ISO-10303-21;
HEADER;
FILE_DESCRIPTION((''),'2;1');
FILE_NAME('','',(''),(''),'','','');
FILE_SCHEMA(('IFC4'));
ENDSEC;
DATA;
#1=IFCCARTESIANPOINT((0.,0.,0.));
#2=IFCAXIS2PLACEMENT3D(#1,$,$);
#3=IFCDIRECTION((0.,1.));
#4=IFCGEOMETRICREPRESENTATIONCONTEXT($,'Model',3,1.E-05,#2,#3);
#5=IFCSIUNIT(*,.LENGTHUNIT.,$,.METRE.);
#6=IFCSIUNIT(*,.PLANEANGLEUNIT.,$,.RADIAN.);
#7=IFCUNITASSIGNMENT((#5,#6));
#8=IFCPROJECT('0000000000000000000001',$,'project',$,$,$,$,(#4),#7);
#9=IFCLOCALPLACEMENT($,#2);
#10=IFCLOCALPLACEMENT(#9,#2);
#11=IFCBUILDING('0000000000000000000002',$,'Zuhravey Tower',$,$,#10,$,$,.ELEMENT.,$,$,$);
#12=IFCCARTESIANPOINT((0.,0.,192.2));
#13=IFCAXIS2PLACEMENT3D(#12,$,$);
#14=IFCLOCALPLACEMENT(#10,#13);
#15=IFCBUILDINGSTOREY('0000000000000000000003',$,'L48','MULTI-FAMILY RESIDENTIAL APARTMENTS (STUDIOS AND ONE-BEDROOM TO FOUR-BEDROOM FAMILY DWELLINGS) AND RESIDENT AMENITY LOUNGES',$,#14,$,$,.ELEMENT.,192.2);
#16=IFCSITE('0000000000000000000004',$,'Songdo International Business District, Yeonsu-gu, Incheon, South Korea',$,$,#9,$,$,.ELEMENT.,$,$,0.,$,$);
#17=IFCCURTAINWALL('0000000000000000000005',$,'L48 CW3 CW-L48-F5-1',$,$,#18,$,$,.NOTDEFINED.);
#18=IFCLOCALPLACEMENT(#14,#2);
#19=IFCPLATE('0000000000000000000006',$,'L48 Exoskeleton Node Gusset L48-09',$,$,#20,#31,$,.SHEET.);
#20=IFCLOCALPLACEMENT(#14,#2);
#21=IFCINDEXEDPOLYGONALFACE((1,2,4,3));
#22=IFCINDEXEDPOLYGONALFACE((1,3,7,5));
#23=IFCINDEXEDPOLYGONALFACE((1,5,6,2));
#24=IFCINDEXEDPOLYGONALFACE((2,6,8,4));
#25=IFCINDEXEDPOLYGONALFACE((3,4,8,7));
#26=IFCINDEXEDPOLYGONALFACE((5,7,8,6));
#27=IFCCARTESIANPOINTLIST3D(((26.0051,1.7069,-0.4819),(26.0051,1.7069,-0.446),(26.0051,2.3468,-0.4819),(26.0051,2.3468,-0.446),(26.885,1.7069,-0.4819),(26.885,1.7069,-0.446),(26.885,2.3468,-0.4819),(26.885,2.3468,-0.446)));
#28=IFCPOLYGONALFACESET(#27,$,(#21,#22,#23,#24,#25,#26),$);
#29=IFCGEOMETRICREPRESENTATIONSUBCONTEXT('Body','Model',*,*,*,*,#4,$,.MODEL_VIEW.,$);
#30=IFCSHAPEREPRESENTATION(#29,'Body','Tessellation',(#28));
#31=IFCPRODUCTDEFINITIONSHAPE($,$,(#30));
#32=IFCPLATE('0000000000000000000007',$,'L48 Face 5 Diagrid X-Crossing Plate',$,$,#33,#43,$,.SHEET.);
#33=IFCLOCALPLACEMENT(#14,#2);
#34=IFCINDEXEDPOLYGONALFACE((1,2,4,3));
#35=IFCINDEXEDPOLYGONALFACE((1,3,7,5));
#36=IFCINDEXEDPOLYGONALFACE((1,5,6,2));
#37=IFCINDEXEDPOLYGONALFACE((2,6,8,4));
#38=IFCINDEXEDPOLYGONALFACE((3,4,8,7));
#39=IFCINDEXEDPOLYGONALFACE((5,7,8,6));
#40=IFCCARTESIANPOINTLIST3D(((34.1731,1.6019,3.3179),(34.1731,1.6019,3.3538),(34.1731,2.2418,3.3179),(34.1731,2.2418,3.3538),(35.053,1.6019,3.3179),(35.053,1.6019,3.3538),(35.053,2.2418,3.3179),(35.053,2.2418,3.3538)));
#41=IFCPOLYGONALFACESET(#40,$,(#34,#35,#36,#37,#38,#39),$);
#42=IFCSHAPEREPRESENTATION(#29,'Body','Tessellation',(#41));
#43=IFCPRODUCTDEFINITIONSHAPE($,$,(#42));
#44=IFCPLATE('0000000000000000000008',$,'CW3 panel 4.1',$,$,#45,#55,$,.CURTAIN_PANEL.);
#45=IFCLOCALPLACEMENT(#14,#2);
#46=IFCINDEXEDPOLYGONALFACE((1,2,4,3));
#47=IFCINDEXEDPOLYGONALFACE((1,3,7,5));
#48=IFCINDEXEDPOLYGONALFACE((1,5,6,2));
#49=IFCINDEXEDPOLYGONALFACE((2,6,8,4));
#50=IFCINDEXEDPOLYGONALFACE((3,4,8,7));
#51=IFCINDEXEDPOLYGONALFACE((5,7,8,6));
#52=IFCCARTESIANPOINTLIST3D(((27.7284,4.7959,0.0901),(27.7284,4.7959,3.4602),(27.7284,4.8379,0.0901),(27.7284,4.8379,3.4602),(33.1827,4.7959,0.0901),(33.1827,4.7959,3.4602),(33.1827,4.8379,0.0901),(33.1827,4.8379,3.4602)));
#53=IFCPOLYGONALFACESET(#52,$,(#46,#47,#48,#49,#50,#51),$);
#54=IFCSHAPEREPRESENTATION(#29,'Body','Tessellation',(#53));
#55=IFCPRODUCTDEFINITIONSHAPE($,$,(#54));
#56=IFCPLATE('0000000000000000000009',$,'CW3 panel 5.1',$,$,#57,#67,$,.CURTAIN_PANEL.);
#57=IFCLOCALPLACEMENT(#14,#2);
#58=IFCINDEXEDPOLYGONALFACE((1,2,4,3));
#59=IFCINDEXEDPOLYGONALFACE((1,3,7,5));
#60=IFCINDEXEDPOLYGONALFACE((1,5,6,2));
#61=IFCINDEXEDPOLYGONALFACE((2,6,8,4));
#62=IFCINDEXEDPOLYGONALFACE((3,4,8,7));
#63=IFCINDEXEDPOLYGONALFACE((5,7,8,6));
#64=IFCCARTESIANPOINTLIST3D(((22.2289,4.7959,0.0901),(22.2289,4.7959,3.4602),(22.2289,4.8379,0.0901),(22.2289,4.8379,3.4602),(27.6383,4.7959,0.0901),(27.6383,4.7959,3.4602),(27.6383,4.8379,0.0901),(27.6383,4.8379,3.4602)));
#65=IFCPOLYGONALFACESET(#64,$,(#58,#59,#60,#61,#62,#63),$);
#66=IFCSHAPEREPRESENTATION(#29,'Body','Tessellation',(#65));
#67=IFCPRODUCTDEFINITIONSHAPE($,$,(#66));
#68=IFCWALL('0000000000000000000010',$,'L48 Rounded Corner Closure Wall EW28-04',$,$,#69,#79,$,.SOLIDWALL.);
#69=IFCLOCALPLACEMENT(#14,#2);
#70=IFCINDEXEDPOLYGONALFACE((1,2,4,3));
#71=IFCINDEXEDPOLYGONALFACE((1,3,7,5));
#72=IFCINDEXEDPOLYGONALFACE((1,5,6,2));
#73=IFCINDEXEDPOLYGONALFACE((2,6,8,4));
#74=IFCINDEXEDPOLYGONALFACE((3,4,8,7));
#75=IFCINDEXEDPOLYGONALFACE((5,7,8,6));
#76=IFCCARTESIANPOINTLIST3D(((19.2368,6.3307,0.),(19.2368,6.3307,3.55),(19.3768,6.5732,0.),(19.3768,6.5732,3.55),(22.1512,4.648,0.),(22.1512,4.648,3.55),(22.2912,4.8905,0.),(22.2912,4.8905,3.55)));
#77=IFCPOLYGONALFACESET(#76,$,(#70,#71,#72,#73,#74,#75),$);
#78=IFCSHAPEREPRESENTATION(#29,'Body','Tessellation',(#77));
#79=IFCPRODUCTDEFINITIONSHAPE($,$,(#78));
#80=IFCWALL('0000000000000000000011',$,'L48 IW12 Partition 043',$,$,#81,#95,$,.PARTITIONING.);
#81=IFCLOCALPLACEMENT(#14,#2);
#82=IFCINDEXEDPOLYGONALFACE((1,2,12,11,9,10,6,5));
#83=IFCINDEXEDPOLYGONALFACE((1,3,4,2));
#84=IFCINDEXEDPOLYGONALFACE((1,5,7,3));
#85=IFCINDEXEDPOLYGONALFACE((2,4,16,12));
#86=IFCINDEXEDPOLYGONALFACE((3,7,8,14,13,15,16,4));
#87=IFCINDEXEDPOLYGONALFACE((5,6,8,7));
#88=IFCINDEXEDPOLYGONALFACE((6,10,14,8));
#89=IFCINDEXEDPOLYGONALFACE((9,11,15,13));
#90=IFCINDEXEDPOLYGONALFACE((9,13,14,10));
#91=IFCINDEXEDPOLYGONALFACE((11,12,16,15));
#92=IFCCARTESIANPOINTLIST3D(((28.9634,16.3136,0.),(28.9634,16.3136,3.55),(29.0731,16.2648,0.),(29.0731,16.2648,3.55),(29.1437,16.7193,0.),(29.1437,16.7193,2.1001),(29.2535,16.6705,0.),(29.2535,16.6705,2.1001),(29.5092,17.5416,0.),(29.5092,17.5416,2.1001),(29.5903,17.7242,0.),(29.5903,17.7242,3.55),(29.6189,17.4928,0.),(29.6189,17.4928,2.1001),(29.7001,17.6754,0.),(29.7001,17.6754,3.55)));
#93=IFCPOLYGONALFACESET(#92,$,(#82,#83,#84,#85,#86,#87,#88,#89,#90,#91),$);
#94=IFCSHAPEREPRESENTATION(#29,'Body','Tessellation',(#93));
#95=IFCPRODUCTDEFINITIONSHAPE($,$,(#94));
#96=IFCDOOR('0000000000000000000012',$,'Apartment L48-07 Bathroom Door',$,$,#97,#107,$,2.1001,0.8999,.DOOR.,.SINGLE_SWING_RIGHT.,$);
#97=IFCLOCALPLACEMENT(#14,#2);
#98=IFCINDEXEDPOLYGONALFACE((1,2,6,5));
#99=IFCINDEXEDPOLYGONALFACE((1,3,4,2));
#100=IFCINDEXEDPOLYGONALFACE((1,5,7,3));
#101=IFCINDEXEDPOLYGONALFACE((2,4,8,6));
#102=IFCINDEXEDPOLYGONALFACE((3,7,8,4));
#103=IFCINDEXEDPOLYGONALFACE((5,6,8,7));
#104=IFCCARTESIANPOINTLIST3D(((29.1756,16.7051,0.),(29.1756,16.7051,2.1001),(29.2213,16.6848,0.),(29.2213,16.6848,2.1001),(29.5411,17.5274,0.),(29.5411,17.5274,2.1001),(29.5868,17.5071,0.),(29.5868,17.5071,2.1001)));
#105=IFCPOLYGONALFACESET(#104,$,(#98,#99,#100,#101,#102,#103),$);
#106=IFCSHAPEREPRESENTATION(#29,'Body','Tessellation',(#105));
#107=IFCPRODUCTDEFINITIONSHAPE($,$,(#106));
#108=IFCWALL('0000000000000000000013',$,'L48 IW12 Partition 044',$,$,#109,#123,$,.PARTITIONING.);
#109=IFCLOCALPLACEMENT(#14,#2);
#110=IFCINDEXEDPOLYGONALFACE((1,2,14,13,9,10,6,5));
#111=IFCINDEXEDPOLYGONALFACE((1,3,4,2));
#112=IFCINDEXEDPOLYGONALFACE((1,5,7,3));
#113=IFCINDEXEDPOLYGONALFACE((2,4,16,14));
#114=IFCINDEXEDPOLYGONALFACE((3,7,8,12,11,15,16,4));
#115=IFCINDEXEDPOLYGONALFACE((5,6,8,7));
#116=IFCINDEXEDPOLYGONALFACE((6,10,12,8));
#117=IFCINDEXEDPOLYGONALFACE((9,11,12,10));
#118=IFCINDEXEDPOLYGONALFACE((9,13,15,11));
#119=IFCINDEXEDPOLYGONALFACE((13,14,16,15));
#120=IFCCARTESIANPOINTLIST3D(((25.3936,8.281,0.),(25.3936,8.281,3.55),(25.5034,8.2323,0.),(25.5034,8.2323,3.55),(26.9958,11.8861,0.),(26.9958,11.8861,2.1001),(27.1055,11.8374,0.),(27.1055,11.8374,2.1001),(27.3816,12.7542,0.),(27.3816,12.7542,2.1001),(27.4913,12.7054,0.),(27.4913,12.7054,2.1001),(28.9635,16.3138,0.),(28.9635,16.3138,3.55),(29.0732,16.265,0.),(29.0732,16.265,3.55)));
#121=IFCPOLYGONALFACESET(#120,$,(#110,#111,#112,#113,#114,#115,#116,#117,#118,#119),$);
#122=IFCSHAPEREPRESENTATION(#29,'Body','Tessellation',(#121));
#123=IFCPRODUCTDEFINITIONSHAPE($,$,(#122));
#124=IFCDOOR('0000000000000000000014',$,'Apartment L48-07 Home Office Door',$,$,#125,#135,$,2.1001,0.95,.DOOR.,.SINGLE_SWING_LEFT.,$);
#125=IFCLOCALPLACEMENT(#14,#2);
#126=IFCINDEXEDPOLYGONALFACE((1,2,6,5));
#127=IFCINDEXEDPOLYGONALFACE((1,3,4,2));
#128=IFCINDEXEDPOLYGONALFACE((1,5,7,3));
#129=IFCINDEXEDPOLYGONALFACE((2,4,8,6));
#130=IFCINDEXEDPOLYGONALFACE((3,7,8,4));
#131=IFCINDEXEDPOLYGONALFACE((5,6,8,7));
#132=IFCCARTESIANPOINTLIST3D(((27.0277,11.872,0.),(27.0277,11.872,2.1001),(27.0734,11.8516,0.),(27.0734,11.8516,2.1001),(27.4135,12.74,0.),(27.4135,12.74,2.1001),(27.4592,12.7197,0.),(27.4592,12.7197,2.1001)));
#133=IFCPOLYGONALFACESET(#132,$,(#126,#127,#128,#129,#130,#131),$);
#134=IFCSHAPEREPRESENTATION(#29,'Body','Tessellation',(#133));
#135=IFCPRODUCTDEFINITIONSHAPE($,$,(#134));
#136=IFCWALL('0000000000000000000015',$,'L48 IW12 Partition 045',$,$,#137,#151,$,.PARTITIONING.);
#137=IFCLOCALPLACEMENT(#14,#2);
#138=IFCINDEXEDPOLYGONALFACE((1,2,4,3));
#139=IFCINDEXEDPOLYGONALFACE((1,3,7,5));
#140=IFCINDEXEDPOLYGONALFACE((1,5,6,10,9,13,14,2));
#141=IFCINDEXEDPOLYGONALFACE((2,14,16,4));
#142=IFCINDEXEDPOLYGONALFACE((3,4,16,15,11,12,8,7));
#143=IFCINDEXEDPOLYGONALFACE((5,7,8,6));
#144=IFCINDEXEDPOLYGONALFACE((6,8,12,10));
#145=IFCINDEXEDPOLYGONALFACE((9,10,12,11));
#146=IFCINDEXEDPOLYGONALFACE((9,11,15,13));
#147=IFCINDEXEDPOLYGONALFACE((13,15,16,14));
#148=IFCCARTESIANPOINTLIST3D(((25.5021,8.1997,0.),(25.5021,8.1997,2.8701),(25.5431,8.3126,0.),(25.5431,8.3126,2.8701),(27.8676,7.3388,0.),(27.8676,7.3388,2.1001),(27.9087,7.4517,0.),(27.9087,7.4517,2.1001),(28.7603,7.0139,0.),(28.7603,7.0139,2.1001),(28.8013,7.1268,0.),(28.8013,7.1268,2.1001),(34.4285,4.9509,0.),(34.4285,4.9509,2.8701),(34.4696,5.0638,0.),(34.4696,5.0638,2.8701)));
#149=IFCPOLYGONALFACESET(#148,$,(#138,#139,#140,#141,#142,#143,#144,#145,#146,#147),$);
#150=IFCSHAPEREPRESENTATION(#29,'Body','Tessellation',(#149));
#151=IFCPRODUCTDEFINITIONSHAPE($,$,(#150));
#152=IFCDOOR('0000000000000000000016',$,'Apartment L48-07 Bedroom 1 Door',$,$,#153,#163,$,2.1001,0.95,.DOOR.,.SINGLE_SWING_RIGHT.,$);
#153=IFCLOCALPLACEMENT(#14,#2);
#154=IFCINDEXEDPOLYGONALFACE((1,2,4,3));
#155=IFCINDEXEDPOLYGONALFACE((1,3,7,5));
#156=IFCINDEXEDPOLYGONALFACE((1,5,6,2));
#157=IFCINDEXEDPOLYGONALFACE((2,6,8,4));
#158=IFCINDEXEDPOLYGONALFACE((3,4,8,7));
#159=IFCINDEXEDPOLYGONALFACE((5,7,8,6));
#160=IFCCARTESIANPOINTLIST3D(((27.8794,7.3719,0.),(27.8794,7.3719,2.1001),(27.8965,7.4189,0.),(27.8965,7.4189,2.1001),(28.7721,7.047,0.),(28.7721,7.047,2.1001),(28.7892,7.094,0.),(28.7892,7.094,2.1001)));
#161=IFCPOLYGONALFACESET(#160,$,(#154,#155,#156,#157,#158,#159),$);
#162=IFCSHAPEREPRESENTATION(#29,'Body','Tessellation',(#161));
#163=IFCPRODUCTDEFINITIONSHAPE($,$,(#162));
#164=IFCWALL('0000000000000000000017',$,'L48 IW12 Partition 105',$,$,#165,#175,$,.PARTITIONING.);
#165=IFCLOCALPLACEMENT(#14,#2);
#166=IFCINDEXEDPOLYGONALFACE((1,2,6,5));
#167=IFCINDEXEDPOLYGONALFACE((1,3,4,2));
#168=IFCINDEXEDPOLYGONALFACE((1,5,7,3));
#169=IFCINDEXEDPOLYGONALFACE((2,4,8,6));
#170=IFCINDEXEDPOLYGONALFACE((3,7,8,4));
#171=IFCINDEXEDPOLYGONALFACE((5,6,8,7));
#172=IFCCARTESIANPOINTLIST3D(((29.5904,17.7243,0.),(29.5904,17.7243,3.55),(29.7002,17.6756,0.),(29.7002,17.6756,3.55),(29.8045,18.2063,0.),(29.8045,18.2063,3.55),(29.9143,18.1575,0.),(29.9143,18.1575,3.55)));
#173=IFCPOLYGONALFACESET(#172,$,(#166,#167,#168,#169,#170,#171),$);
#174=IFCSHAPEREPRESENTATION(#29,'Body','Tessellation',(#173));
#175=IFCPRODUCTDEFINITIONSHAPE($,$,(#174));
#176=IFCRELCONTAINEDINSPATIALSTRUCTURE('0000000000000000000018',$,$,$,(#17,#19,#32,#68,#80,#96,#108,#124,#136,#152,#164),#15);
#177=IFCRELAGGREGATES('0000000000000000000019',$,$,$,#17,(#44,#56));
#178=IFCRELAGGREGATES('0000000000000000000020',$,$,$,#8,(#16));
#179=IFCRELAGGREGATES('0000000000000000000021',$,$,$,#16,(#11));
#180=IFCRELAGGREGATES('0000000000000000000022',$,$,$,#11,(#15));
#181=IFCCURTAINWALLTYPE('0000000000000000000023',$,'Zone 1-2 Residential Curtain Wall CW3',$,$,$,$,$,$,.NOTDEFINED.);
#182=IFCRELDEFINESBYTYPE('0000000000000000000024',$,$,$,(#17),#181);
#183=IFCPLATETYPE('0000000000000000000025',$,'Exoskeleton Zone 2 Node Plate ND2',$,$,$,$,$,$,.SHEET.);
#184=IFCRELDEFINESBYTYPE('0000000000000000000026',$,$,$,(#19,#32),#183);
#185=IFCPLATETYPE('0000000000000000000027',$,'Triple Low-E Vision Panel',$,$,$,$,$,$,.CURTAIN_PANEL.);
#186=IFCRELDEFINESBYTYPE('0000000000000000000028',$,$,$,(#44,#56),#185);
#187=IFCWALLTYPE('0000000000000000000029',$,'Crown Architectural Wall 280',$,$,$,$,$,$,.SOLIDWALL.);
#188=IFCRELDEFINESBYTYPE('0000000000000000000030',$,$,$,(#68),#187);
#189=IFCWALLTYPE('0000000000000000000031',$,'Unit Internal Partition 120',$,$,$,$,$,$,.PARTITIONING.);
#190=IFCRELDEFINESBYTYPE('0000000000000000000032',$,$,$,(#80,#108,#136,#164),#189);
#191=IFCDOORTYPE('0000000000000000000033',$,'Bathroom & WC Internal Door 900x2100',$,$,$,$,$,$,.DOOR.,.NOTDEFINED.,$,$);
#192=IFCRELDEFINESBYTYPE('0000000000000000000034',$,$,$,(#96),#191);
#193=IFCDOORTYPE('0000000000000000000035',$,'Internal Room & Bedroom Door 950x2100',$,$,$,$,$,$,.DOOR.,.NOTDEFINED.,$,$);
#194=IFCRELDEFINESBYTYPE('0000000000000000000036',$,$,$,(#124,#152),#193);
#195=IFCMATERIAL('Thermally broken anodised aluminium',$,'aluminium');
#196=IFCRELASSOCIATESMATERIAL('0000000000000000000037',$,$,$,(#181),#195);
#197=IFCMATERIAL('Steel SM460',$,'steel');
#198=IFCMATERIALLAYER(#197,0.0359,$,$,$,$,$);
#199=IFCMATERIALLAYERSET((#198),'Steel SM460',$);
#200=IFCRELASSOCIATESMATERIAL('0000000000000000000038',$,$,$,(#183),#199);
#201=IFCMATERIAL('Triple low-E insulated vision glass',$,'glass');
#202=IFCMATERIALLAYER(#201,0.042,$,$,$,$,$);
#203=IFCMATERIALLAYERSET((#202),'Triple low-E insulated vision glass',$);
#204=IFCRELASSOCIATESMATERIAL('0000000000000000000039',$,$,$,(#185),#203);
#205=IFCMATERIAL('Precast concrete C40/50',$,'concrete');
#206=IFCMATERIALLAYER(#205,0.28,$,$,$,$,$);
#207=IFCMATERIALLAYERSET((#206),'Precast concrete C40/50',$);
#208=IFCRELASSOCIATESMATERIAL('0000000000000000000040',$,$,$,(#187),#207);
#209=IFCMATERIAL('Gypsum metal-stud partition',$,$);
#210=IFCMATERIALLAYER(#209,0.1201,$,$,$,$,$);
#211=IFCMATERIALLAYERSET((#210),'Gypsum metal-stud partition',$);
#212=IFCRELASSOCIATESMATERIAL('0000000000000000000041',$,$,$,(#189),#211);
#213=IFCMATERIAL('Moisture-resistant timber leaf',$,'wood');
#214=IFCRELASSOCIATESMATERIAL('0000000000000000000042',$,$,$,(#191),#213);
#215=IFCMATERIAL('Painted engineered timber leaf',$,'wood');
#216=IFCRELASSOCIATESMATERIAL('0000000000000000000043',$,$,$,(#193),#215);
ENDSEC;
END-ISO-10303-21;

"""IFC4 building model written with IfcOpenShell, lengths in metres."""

from ifc_helpers import new_model, si_unit, direction, frame, frame_2d, origin, origin_2d, place, context, subcontext, project, spatial, rectangle, extrude, material, layer, layer_set, type_object, element, fill, aggregate, save


model = new_model("IFC4")

# Units and contexts
model_context = context("Model", 3, precision=1e-05, world=origin(), true_north=direction((0.0, 1.0)))
body_context = subcontext(model_context, "Body", "Model", "MODEL_VIEW")
ifc_project = project(units=[si_unit("LENGTHUNIT", "METRE"), si_unit("PLANEANGLEUNIT", "RADIAN")], contexts=[model_context])

# Site, building, storey
site_placement = place(None, origin())
site = spatial("IfcSite", under=ifc_project, at=site_placement, Name="Songdo International Business District, Yeonsu-gu, Incheon, South Korea", CompositionType="ELEMENT", RefElevation=0.0)
building_placement = place(site_placement, origin())
building = spatial("IfcBuilding", under=site, at=building_placement, Name="Zuhravey Tower", CompositionType="ELEMENT")
storey_placement = place(building_placement, frame((0.0, 0.0, 192.2)))
storey = spatial("IfcBuildingStorey", under=building, at=storey_placement, Name="L48", Description="MULTI-FAMILY RESIDENTIAL APARTMENTS (STUDIOS AND ONE-BEDROOM TO FOUR-BEDROOM FAMILY DWELLINGS) AND RESIDENT AMENITY LOUNGES", CompositionType="ELEMENT", Elevation=192.2)

# Curtain wall
ifc_material_1 = material(Name="Thermally broken anodised aluminium", Category="aluminium")
curtain_wall_type = type_object("IfcCurtainWallType", Name="Zone 1-2 Residential Curtain Wall CW3", PredefinedType="NOTDEFINED", material=ifc_material_1)
curtain_wall_placement = place(storey_placement, origin())
curtain_wall = element("IfcCurtainWall", 1, at=curtain_wall_placement, inside=storey, type_object=curtain_wall_type, Name="L48 CW3 CW-L48-F5-1", PredefinedType="NOTDEFINED")

# Shared definitions
ifc_material_2 = material(Name="Steel SM460", Category="steel")

# Plates
ifc_layer_1 = layer(ifc_material_2, 0.0359)
ifc_layer_set_1 = layer_set([ifc_layer_1], Name="Steel SM460")
plate_type_1 = type_object("IfcPlateType", Name="Exoskeleton Zone 2 Node Plate ND2", PredefinedType="SHEET", material=ifc_layer_set_1)
for number, where, z_axis, x_axis, name in (
    (2, (26.4451, 2.0269, -0.4819), (0.0, 0.0, 1.0), (1.0, 0.0, 0.0), "L48 Exoskeleton Node Gusset L48-09"),
    (3, (34.613, 1.9219, 3.3179), (0.0, 0.0, 1.0), (1.0, 0.0, 0.0), "L48 Face 5 Diagrid X-Crossing Plate"),
):
    element("IfcPlate", number, at=place(storey_placement, frame(where, z_axis=z_axis, x_axis=x_axis)), inside=storey, type_object=plate_type_1, Name=name, PredefinedType="SHEET", context=body_context, shape_type="SweptSolid", body=[
        extrude(rectangle(XDim=0.8799, YDim=0.6399, at=origin_2d()), origin(), (0.0, 0.0, 1.0), 0.0359),
    ])

# Plates
ifc_material_3 = material(Name="Triple low-E insulated vision glass", Category="glass")
ifc_layer_2 = layer(ifc_material_3, 0.042)
ifc_layer_set_2 = layer_set([ifc_layer_2], Name="Triple low-E insulated vision glass")
plate_type_2 = type_object("IfcPlateType", Name="Triple Low-E Vision Panel", PredefinedType="CURTAIN_PANEL", material=ifc_layer_set_2)
plate_1_placement = place(storey_placement, frame((30.4556, 4.8169, 0.0901), z_axis=(0.0, 0.0, 1.0), x_axis=(-1.0, 0.0, 0.0)))
plate_1 = element("IfcPlate", 4, at=plate_1_placement, type_object=plate_type_2, Name="CW3 panel 4.1", PredefinedType="CURTAIN_PANEL", context=body_context, shape_type="SweptSolid", body=[
    extrude(rectangle(XDim=5.4543, YDim=0.042, at=origin_2d()), origin(), (0.0, 0.0, 1.0), 3.3701),
])
plate_2_placement = place(storey_placement, frame((24.9336, 4.8169, 0.0901), z_axis=(0.0, 0.0, 1.0), x_axis=(-1.0, 0.0, 0.0)))
plate_2 = element("IfcPlate", 5, at=plate_2_placement, type_object=plate_type_2, Name="CW3 panel 5.1", PredefinedType="CURTAIN_PANEL", context=body_context, shape_type="SweptSolid", body=[
    extrude(rectangle(XDim=5.4094, YDim=0.042, at=origin_2d()), origin(), (0.0, 0.0, 1.0), 3.3701),
])
aggregate(curtain_wall, [plate_1, plate_2])

# Wall
ifc_material_4 = material(Name="Precast concrete C40/50", Category="concrete")
ifc_layer_3 = layer(ifc_material_4, 0.28)
ifc_layer_set_3 = layer_set([ifc_layer_3], Name="Precast concrete C40/50")
wall_type_1 = type_object("IfcWallType", Name="Crown Architectural Wall 280", PredefinedType="SOLIDWALL", material=ifc_layer_set_3)
wall_1_placement = place(storey_placement, frame((22.2212, 4.7693, 0.0), z_axis=(0.0, 0.0, 1.0), x_axis=(-0.86602, 0.500009, 0.0)))
element("IfcWall", 6, at=wall_1_placement, inside=storey, type_object=wall_type_1, Name="L48 Rounded Corner Closure Wall EW28-04", PredefinedType="SOLIDWALL", context=body_context, shape_type="SweptSolid", body=[
    extrude(rectangle(XDim=3.3652, YDim=0.28, at=frame_2d((1.6826, 0.0))), origin(), (0.0, 0.0, 1.0), 3.55),
])

# Walls, openings, doors
ifc_material_5 = material(Name="Gypsum metal-stud partition")
ifc_layer_4 = layer(ifc_material_5, 0.1201)
ifc_layer_set_4 = layer_set([ifc_layer_4], Name="Gypsum metal-stud partition")
wall_type_2 = type_object("IfcWallType", Name="Unit Internal Partition 120", PredefinedType="PARTITIONING", material=ifc_layer_set_4)
wall_2_placement = place(storey_placement, frame((29.6453, 17.7, 0.0), z_axis=(0.0, 0.0, 1.0), x_axis=(-0.406138, -0.913812, 0.0)))
wall_2 = element("IfcWall", 7, at=wall_2_placement, inside=storey, type_object=wall_type_2, Name="L48 IW12 Partition 043", PredefinedType="PARTITIONING", context=body_context, shape_type="SweptSolid", body=[
    extrude(rectangle(XDim=1.5437, YDim=0.1201, at=frame_2d((0.772, 0.0))), origin(), (0.0, 0.0, 1.0), 3.55),
])
opening_1_placement = place(wall_2_placement, frame((0.2, 0.0, 0.0)))
opening_1 = element("IfcOpeningElement", 8, at=opening_1_placement, cuts=wall_2, PredefinedType="OPENING", context=body_context, shape_type="SweptSolid", body=[
    extrude(rectangle(XDim=0.8999, YDim=2.1001, at=frame_2d((0.45, 1.05))), frame((0.0, 0.072, 0.0), z_axis=(0.0, -1.0, 0.0), x_axis=(1.0, 0.0, 0.0)), (0.0, 0.0, 1.0), 0.144),
])
ifc_material_6 = material(Name="Moisture-resistant timber leaf", Category="wood")
door_type_1 = type_object("IfcDoorType", Name="Bathroom & WC Internal Door 900x2100", OperationType="NOTDEFINED", PredefinedType="DOOR", material=ifc_material_6)
door_1_placement = place(opening_1_placement, origin())
door_1 = element("IfcDoor", 9, at=door_1_placement, inside=storey, type_object=door_type_1, Name="Apartment L48-07 Bathroom Door", OperationType="SINGLE_SWING_RIGHT", OverallHeight=2.1001, OverallWidth=0.8999, PredefinedType="DOOR", context=body_context, shape_type="SweptSolid", body=[
    extrude(rectangle(XDim=0.8999, YDim=2.1001, at=frame_2d((0.45, 1.05))), frame((0.0, 0.0249, 0.0), z_axis=(0.0, -1.0, 0.0), x_axis=(1.0, 0.0, 0.0)), (0.0, 0.0, 1.0), 0.05),
])
fill(opening_1, door_1)
wall_3_placement = place(storey_placement, frame((29.0183, 16.2893, 0.0), z_axis=(0.0, 0.0, 1.0), x_axis=(-0.406113, -0.913823, 0.0)))
wall_3 = element("IfcWall", 10, at=wall_3_placement, inside=storey, type_object=wall_type_2, Name="L48 IW12 Partition 044", PredefinedType="PARTITIONING", context=body_context, shape_type="SweptSolid", body=[
    extrude(rectangle(XDim=8.7903, YDim=0.1201, at=frame_2d((4.395, 0.0))), origin(), (0.0, 0.0, 1.0), 3.55),
])
opening_2_placement = place(wall_3_placement, frame((3.895, 0.0, 0.0)))
opening_2 = element("IfcOpeningElement", 11, at=opening_2_placement, cuts=wall_3, PredefinedType="OPENING", context=body_context, shape_type="SweptSolid", body=[
    extrude(rectangle(XDim=0.95, YDim=2.1001, at=frame_2d((0.4751, 1.05))), frame((0.0, 0.072, 0.0), z_axis=(0.0, -1.0, 0.0), x_axis=(1.0, 0.0, 0.0)), (0.0, 0.0, 1.0), 0.144),
])
ifc_material_7 = material(Name="Painted engineered timber leaf", Category="wood")
door_type_2 = type_object("IfcDoorType", Name="Internal Room & Bedroom Door 950x2100", OperationType="NOTDEFINED", PredefinedType="DOOR", material=ifc_material_7)
door_2_placement = place(opening_2_placement, origin())
door_2 = element("IfcDoor", 12, at=door_2_placement, inside=storey, type_object=door_type_2, Name="Apartment L48-07 Home Office Door", OperationType="SINGLE_SWING_LEFT", OverallHeight=2.1001, OverallWidth=0.95, PredefinedType="DOOR", context=body_context, shape_type="SweptSolid", body=[
    extrude(rectangle(XDim=0.95, YDim=2.1001, at=frame_2d((0.4751, 1.05))), frame((0.0, 0.0249, 0.0), z_axis=(0.0, -1.0, 0.0), x_axis=(1.0, 0.0, 0.0)), (0.0, 0.0, 1.0), 0.05),
])
fill(opening_2, door_2)
wall_4_placement = place(storey_placement, frame((25.5227, 8.2561, 0.0), z_axis=(0.0, 0.0, 1.0), x_axis=(0.9397, -0.342001, 0.0)))
wall_4 = element("IfcWall", 13, at=wall_4_placement, inside=storey, type_object=wall_type_2, Name="L48 IW12 Partition 045", PredefinedType="PARTITIONING", context=body_context, shape_type="SweptSolid", body=[
    extrude(rectangle(XDim=9.4993, YDim=0.1201, at=frame_2d((4.7495, 0.0))), origin(), (0.0, 0.0, 1.0), 2.8701),
])
opening_3_placement = place(wall_4_placement, frame((2.5171, 0.0, 0.0)))
opening_3 = element("IfcOpeningElement", 14, at=opening_3_placement, cuts=wall_4, PredefinedType="OPENING", context=body_context, shape_type="SweptSolid", body=[
    extrude(rectangle(XDim=0.95, YDim=2.1001, at=frame_2d((0.4751, 1.05))), frame((0.0, 0.072, 0.0), z_axis=(0.0, -1.0, 0.0), x_axis=(1.0, 0.0, 0.0)), (0.0, 0.0, 1.0), 0.144),
])
door_3_placement = place(opening_3_placement, frame((0.95, 0.0, 0.0), z_axis=(0.0, 0.0, 1.0), x_axis=(-1.0, 0.0, 0.0)))
door_3 = element("IfcDoor", 15, at=door_3_placement, inside=storey, type_object=door_type_2, Name="Apartment L48-07 Bedroom 1 Door", OperationType="SINGLE_SWING_RIGHT", OverallHeight=2.1001, OverallWidth=0.95, PredefinedType="DOOR", context=body_context, shape_type="SweptSolid", body=[
    extrude(rectangle(XDim=0.95, YDim=2.1001, at=frame_2d((0.4751, 1.05))), frame((0.0, 0.0249, 0.0), z_axis=(0.0, -1.0, 0.0), x_axis=(1.0, 0.0, 0.0)), (0.0, 0.0, 1.0), 0.05),
])
fill(opening_3, door_3)

# Wall
wall_5_placement = place(storey_placement, frame((29.8594, 18.1819, 0.0), z_axis=(0.0, 0.0, 1.0), x_axis=(-0.40601, -0.913869, 0.0)))
element("IfcWall", 16, at=wall_5_placement, inside=storey, type_object=wall_type_2, Name="L48 IW12 Partition 105", PredefinedType="PARTITIONING", context=body_context, shape_type="SweptSolid", body=[
    extrude(rectangle(XDim=0.5273, YDim=0.1201, at=frame_2d((0.2637, 0.0))), origin(), (0.0, 0.0, 1.0), 3.55),
])

save(model, "model.ifc")
